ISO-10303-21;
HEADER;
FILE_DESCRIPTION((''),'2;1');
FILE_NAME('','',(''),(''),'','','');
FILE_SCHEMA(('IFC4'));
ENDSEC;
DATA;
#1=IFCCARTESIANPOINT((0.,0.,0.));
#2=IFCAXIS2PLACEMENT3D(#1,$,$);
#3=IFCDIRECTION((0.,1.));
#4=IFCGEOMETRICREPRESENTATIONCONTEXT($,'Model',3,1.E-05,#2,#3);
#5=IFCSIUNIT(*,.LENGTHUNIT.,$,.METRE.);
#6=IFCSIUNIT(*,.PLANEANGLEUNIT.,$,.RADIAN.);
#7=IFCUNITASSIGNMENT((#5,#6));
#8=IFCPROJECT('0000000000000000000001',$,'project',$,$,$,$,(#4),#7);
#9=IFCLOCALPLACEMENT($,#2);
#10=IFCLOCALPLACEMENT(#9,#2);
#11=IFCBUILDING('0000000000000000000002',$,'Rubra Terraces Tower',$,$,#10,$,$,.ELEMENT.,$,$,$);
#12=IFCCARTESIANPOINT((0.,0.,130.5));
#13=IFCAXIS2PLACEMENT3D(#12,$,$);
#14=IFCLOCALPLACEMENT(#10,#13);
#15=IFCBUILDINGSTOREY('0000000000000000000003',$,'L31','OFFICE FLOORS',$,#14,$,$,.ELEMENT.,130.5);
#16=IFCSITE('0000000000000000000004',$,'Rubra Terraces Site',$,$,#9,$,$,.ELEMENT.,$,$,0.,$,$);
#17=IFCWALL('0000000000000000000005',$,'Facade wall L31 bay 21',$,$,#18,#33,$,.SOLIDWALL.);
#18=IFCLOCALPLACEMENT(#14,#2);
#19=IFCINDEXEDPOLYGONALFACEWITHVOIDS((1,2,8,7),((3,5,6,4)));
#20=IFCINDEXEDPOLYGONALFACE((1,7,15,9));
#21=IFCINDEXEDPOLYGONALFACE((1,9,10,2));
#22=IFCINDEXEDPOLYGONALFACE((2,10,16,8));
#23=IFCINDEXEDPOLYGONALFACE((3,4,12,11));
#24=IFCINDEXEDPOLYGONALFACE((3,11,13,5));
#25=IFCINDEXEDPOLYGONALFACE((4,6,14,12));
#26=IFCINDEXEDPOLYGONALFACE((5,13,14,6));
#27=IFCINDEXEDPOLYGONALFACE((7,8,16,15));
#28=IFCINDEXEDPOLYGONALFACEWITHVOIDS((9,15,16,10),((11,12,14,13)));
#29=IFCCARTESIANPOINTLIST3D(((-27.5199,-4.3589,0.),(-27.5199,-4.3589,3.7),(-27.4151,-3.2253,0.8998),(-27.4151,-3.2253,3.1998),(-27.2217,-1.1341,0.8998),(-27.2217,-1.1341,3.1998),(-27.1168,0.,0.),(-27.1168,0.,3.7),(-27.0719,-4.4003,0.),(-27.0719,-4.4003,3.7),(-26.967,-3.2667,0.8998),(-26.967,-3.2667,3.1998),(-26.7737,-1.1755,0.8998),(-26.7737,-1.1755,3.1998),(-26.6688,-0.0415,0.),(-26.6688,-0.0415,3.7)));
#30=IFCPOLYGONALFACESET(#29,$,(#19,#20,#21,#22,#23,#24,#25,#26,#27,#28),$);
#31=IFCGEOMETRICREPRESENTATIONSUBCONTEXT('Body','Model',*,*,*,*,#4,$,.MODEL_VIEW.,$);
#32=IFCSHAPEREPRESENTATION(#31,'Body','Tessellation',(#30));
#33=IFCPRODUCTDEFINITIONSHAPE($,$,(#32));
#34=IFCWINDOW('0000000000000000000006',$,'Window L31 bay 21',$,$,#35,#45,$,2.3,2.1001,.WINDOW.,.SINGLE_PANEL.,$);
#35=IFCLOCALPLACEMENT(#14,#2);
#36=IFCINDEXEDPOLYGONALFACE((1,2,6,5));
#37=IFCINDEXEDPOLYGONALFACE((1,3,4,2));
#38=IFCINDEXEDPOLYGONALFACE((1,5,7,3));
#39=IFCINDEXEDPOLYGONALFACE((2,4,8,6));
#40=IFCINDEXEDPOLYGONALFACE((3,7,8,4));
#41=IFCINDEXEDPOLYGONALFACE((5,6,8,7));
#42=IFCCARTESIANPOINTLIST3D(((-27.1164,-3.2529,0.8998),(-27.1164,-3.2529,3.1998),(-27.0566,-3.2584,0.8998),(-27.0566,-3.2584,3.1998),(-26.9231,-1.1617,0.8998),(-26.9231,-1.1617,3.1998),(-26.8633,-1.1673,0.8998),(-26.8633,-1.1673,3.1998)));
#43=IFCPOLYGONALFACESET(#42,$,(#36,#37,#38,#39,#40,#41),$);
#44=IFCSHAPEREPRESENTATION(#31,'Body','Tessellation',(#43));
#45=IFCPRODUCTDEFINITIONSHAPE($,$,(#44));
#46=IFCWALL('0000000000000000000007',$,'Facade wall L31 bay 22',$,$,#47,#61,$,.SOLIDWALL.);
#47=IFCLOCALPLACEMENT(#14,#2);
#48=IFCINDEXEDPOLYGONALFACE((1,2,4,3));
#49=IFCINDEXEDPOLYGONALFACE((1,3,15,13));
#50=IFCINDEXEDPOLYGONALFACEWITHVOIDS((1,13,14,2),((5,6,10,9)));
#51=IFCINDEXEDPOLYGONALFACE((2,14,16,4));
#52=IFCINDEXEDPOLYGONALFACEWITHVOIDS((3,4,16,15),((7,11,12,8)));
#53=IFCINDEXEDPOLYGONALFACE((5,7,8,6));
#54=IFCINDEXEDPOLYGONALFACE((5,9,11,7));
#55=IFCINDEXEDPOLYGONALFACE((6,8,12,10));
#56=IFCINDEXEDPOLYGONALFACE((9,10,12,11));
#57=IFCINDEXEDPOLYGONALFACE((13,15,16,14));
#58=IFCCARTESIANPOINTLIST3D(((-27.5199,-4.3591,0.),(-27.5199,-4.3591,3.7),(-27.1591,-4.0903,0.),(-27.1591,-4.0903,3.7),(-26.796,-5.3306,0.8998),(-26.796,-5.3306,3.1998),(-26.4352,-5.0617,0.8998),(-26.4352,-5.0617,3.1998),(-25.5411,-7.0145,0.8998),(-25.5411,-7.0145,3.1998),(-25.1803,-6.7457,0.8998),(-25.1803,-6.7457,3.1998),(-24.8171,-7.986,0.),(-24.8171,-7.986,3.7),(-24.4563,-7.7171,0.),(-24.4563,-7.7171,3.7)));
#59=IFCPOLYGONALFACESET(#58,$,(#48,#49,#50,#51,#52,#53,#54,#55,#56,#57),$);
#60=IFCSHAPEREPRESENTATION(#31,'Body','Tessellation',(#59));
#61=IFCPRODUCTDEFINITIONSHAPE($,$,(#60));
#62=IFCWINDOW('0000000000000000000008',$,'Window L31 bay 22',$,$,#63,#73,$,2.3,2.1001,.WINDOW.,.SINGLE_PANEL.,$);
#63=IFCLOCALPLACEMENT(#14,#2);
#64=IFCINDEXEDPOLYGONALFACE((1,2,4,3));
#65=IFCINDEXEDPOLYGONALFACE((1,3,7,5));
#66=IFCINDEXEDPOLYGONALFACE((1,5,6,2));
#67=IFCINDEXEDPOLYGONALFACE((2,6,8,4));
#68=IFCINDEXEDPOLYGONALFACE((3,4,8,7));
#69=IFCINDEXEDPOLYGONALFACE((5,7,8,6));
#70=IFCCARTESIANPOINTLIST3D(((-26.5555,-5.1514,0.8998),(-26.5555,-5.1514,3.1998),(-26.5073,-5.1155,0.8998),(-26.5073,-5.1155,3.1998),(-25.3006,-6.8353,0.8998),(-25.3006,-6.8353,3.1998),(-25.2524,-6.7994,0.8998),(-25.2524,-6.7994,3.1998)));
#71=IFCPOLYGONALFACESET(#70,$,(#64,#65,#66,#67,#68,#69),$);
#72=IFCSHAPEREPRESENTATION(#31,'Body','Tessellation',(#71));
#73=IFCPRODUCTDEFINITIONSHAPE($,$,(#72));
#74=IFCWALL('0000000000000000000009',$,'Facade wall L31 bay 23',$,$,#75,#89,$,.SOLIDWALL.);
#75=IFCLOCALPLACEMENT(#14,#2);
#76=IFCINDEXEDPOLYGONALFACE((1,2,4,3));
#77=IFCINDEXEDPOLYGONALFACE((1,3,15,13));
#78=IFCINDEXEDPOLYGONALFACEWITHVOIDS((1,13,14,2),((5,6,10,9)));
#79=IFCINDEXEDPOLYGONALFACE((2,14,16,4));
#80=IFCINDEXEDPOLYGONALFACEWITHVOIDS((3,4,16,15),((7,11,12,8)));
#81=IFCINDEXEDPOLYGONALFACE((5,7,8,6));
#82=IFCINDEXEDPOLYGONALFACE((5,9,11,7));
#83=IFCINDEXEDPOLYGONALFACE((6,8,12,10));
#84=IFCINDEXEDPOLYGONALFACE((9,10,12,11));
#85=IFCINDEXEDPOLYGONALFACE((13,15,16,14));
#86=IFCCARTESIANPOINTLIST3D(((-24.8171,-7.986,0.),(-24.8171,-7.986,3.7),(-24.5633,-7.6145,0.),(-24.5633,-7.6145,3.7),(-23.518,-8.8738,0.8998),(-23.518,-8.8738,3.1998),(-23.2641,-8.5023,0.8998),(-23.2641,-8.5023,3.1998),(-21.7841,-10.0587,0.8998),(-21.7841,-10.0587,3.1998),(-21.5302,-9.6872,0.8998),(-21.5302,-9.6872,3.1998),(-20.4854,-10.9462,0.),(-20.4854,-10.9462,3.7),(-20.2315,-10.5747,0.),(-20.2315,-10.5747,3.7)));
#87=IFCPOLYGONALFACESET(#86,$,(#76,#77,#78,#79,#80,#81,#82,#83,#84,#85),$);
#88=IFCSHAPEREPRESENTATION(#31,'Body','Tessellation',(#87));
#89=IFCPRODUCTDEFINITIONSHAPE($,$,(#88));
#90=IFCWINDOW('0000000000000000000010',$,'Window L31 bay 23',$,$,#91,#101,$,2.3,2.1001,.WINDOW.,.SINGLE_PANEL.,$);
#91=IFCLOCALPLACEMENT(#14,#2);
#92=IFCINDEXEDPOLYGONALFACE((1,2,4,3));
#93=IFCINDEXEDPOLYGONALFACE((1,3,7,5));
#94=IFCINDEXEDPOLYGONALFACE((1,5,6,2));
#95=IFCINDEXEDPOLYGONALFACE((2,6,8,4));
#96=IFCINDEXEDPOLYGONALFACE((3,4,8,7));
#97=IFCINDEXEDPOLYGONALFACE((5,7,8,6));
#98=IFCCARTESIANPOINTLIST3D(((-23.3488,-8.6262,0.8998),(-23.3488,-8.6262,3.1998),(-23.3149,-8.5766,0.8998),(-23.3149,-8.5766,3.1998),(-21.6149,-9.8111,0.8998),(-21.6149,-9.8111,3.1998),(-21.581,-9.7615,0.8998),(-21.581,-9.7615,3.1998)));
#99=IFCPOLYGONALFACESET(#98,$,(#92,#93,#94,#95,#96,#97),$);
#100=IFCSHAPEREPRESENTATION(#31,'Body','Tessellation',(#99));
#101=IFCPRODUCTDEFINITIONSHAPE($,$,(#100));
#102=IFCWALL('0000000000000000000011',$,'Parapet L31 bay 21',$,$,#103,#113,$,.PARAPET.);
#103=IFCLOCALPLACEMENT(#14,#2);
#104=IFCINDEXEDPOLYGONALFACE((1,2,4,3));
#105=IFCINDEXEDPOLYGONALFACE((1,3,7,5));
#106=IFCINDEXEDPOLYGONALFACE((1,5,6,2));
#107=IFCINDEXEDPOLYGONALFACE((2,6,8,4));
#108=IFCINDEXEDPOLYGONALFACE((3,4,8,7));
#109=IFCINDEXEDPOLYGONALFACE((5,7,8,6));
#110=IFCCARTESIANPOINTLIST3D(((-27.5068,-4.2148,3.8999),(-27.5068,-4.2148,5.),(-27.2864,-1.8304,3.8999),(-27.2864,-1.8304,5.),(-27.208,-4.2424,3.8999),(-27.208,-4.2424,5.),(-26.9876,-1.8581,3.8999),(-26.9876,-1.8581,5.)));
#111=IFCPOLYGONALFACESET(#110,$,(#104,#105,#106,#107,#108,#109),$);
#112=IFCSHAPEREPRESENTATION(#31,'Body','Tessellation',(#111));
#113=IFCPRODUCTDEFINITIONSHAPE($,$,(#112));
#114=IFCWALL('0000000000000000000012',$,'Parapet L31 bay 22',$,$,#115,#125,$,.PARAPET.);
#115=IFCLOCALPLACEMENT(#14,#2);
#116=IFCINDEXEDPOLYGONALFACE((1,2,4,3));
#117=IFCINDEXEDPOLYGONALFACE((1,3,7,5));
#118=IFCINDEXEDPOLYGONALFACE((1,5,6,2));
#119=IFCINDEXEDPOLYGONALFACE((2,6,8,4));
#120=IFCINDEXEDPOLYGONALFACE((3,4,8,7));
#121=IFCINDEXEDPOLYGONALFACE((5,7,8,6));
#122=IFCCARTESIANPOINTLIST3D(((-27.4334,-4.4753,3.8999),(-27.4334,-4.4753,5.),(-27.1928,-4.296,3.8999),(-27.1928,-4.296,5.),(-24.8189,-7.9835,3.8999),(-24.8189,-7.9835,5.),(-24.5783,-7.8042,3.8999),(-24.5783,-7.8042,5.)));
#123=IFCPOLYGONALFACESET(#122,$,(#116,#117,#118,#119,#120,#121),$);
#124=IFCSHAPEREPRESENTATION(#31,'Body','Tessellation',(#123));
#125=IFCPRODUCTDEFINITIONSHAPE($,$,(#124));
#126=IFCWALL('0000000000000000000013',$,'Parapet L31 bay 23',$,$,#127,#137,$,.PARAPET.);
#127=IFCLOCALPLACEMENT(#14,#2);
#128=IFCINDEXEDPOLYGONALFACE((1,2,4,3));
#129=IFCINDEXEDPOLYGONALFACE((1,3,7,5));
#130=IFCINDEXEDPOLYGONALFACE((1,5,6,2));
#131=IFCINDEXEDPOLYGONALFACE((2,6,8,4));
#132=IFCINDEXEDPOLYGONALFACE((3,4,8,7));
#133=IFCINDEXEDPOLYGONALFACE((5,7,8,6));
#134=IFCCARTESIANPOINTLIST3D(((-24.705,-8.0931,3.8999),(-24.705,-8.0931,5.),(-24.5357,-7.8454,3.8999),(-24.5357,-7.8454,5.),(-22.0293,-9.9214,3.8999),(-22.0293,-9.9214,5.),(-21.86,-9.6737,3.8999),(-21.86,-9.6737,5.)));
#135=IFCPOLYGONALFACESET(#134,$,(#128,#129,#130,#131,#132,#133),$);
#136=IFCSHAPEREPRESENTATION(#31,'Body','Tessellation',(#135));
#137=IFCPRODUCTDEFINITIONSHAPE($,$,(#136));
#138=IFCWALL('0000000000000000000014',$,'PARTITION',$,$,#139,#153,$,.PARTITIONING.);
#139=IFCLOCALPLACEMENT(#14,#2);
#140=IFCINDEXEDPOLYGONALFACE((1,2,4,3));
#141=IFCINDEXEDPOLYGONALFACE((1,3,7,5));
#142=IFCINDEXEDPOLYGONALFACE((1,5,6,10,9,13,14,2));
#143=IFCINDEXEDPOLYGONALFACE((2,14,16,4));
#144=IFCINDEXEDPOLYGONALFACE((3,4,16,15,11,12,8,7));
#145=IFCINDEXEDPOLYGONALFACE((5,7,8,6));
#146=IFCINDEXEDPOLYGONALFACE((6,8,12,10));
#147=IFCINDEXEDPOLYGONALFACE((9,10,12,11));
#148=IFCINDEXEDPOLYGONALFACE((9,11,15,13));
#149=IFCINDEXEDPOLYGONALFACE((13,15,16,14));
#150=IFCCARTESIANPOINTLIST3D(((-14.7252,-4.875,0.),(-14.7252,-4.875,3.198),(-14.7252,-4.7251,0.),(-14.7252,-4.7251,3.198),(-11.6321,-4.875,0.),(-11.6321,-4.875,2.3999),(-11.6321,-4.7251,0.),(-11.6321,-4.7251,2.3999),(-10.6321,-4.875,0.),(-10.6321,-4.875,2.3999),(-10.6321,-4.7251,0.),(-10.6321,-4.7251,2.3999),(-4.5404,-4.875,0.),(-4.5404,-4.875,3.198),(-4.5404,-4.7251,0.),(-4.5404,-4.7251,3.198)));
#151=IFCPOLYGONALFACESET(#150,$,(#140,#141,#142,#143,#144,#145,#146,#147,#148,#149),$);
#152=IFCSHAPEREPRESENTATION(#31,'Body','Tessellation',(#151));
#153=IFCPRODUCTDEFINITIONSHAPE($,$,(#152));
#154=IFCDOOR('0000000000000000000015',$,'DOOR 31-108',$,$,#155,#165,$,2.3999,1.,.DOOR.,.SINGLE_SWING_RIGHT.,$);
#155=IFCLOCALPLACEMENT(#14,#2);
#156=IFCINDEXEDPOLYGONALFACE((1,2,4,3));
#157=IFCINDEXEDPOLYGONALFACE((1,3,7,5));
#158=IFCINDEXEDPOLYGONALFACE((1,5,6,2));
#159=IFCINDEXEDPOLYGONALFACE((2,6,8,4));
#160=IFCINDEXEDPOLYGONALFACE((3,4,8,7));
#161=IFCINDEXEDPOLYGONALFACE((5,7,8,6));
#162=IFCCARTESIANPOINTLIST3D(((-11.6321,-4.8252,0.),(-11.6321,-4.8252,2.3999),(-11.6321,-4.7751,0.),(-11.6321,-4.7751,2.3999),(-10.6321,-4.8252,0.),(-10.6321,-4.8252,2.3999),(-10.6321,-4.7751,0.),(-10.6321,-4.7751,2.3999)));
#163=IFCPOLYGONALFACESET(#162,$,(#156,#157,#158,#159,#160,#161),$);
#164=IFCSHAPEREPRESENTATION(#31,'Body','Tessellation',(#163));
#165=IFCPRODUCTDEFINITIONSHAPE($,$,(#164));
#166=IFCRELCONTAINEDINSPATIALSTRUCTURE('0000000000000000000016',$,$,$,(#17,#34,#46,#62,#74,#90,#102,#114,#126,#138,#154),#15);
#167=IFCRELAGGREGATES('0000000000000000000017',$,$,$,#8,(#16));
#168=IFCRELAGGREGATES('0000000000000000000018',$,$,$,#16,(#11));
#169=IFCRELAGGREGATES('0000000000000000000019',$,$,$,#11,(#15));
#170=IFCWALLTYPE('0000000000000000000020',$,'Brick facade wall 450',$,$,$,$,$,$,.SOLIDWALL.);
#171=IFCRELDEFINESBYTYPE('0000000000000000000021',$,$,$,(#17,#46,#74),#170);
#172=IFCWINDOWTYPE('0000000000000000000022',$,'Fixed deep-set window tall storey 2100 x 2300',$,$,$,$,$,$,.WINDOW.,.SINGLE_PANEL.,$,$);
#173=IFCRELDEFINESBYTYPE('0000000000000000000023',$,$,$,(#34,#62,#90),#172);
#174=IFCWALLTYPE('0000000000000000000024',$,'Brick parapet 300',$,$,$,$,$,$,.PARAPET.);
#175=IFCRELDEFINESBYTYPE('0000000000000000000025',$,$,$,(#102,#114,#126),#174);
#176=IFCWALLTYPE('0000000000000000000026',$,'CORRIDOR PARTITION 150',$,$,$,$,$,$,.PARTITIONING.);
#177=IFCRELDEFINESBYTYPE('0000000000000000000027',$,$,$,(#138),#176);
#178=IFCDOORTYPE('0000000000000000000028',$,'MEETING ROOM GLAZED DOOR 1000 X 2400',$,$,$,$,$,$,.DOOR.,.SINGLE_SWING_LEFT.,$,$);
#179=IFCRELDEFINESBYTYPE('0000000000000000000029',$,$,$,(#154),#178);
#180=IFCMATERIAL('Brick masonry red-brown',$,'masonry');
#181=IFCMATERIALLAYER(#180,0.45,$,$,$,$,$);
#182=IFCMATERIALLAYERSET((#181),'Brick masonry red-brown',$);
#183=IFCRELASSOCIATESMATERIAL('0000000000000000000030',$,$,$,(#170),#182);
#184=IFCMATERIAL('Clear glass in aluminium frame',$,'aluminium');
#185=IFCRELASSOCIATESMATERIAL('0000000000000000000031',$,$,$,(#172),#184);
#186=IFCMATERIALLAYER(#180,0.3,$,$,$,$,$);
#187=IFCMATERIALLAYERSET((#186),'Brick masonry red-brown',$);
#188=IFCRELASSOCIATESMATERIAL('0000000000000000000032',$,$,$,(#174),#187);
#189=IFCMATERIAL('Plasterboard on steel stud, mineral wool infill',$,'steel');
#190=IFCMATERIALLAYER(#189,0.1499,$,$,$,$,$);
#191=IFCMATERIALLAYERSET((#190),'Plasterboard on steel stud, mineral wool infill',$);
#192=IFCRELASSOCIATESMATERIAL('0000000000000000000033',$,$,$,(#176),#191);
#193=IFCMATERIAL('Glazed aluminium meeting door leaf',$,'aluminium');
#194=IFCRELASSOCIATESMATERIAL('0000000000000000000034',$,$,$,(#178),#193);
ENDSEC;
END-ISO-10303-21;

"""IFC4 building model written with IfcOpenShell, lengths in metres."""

from ifc_helpers import new_model, si_unit, direction, frame, frame_2d, origin, place, context, subcontext, project, spatial, rectangle, extrude, material, layer, layer_set, type_object, element, fill, save


model = new_model("IFC4")

# Units and contexts
model_context = context("Model", 3, precision=1e-05, world=origin(), true_north=direction((0.0, 1.0)))
body_context = subcontext(model_context, "Body", "Model", "MODEL_VIEW")
ifc_project = project(units=[si_unit("LENGTHUNIT", "METRE"), si_unit("PLANEANGLEUNIT", "RADIAN")], contexts=[model_context])

# Site, building, storey
site_placement = place(None, origin())
site = spatial("IfcSite", under=ifc_project, at=site_placement, Name="Rubra Terraces Site", CompositionType="ELEMENT", RefElevation=0.0)
building_placement = place(site_placement, origin())
building = spatial("IfcBuilding", under=site, at=building_placement, Name="Rubra Terraces Tower", CompositionType="ELEMENT")
storey_placement = place(building_placement, frame((0.0, 0.0, 130.5)))
storey = spatial("IfcBuildingStorey", under=building, at=storey_placement, Name="L31", Description="OFFICE FLOORS", CompositionType="ELEMENT", Elevation=130.5)

# Walls, openings, windows
ifc_material_1 = material(Name="Brick masonry red-brown", Category="masonry")
ifc_layer_1 = layer(ifc_material_1, 0.45)
ifc_layer_set_1 = layer_set([ifc_layer_1], Name="Brick masonry red-brown")
wall_type_1 = type_object("IfcWallType", Name="Brick facade wall 450", PredefinedType="SOLIDWALL", material=ifc_layer_set_1)
wall_1_placement = place(storey_placement, frame((-26.8928, -0.0208, 0.0), z_axis=(0.0, 0.0, 1.0), x_axis=(-0.092079, -0.995752, 0.0)))
wall_1 = element("IfcWall", 1, at=wall_1_placement, inside=storey, type_object=wall_type_1, Name="Facade wall L31 bay 21", PredefinedType="SOLIDWALL", context=body_context, shape_type="SweptSolid", body=[
    extrude(rectangle(XDim=4.3774, YDim=0.45, at=frame_2d((2.1887, 0.0))), origin(), (0.0, 0.0, 1.0), 3.7),
])
opening_1_placement = place(wall_1_placement, frame((1.1389, 0.0, 0.8999)))
opening_1 = element("IfcOpeningElement", 2, at=opening_1_placement, cuts=wall_1, PredefinedType="OPENING", context=body_context, shape_type="SweptSolid", body=[
    extrude(rectangle(XDim=2.1001, YDim=2.3, at=frame_2d((1.05, 1.1499))), frame((0.0, 0.2349, 0.0), z_axis=(0.0, -1.0, 0.0), x_axis=(1.0, 0.0, 0.0)), (0.0, 0.0, 1.0), 0.47),
])
ifc_material_2 = material(Name="Clear glass in aluminium frame", Category="aluminium")
window_type = type_object("IfcWindowType", Name="Fixed deep-set window tall storey 2100 x 2300", PartitioningType="SINGLE_PANEL", PredefinedType="WINDOW", material=ifc_material_2)
window_1_placement = place(opening_1_placement, origin())
window_1 = element("IfcWindow", 3, at=window_1_placement, inside=storey, type_object=window_type, Name="Window L31 bay 21", OverallHeight=2.3, OverallWidth=2.1001, PartitioningType="SINGLE_PANEL", PredefinedType="WINDOW", context=body_context, shape_type="SweptSolid", body=[
    extrude(rectangle(XDim=2.1001, YDim=2.3, at=frame_2d((1.05, 1.1499))), frame((0.0, 0.135, 0.0), z_axis=(0.0, -1.0, 0.0), x_axis=(1.0, 0.0, 0.0)), (0.0, 0.0, 1.0), 0.0601),
])
fill(opening_1, window_1)
wall_2_placement = place(storey_placement, frame((-27.3396, -4.2246, 0.0), z_axis=(0.0, 0.0, 1.0), x_axis=(0.597545, -0.801836, 0.0)))
wall_2 = element("IfcWall", 4, at=wall_2_placement, inside=storey, type_object=wall_type_1, Name="Facade wall L31 bay 22", PredefinedType="SOLIDWALL", context=body_context, shape_type="SweptSolid", body=[
    extrude(rectangle(XDim=4.5232, YDim=0.45, at=frame_2d((2.2617, 0.0))), origin(), (0.0, 0.0, 1.0), 3.7),
])
opening_2_placement = place(wall_2_placement, frame((1.2117, 0.0, 0.8999)))
opening_2 = element("IfcOpeningElement", 5, at=opening_2_placement, cuts=wall_2, PredefinedType="OPENING", context=body_context, shape_type="SweptSolid", body=[
    extrude(rectangle(XDim=2.1001, YDim=2.3, at=frame_2d((1.05, 1.1499))), frame((0.0, 0.2349, 0.0), z_axis=(0.0, -1.0, 0.0), x_axis=(1.0, 0.0, 0.0)), (0.0, 0.0, 1.0), 0.47),
])
window_2_placement = place(opening_2_placement, origin())
window_2 = element("IfcWindow", 6, at=window_2_placement, inside=storey, type_object=window_type, Name="Window L31 bay 22", OverallHeight=2.3, OverallWidth=2.1001, PartitioningType="SINGLE_PANEL", PredefinedType="WINDOW", context=body_context, shape_type="SweptSolid", body=[
    extrude(rectangle(XDim=2.1001, YDim=2.3, at=frame_2d((1.05, 1.1499))), frame((0.0, 0.135, 0.0), z_axis=(0.0, -1.0, 0.0), x_axis=(1.0, 0.0, 0.0)), (0.0, 0.0, 1.0), 0.0601),
])
fill(opening_2, window_2)
wall_3_placement = place(storey_placement, frame((-24.6902, -7.8003, 0.0), z_axis=(0.0, 0.0, 1.0), x_axis=(0.825631, -0.56421, 0.0)))
wall_3 = element("IfcWall", 7, at=wall_3_placement, inside=storey, type_object=wall_type_1, Name="Facade wall L31 bay 23", PredefinedType="SOLIDWALL", context=body_context, shape_type="SweptSolid", body=[
    extrude(rectangle(XDim=5.2466, YDim=0.45, at=frame_2d((2.6233, 0.0))), origin(), (0.0, 0.0, 1.0), 3.7),
])
opening_3_placement = place(wall_3_placement, frame((1.5735, 0.0, 0.8999)))
opening_3 = element("IfcOpeningElement", 8, at=opening_3_placement, cuts=wall_3, PredefinedType="OPENING", context=body_context, shape_type="SweptSolid", body=[
    extrude(rectangle(XDim=2.1001, YDim=2.3, at=frame_2d((1.05, 1.1499))), frame((0.0, 0.2349, 0.0), z_axis=(0.0, -1.0, 0.0), x_axis=(1.0, 0.0, 0.0)), (0.0, 0.0, 1.0), 0.47),
])
window_3_placement = place(opening_3_placement, origin())
window_3 = element("IfcWindow", 9, at=window_3_placement, inside=storey, type_object=window_type, Name="Window L31 bay 23", OverallHeight=2.3, OverallWidth=2.1001, PartitioningType="SINGLE_PANEL", PredefinedType="WINDOW", context=body_context, shape_type="SweptSolid", body=[
    extrude(rectangle(XDim=2.1001, YDim=2.3, at=frame_2d((1.05, 1.1499))), frame((0.0, 0.135, 0.0), z_axis=(0.0, -1.0, 0.0), x_axis=(1.0, 0.0, 0.0)), (0.0, 0.0, 1.0), 0.0601),
])
fill(opening_3, window_3)

# Walls
ifc_layer_2 = layer(ifc_material_1, 0.3)
ifc_layer_set_2 = layer_set([ifc_layer_2], Name="Brick masonry red-brown")
wall_type_2 = type_object("IfcWallType", Name="Brick parapet 300", PredefinedType="PARAPET", material=ifc_layer_set_2)
wall_4_placement = place(storey_placement, frame((-27.137, -1.8442, 3.8999), z_axis=(0.0, 0.0, 1.0), x_axis=(-0.092071, -0.995752, 0.0)))
element("IfcWall", 10, at=wall_4_placement, inside=storey, type_object=wall_type_2, Name="Parapet L31 bay 21", PredefinedType="PARAPET", context=body_context, shape_type="SweptSolid", body=[
    extrude(rectangle(XDim=2.3945, YDim=0.3, at=frame_2d((1.1973, 0.0))), origin(), (0.0, 0.0, 1.0), 1.1001),
])
wall_5_placement = place(storey_placement, frame((-27.313, -4.3857, 3.8999), z_axis=(0.0, 0.0, 1.0), x_axis=(0.597551, -0.801831, 0.0)))
element("IfcWall", 11, at=wall_5_placement, inside=storey, type_object=wall_type_2, Name="Parapet L31 bay 22", PredefinedType="PARAPET", context=body_context, shape_type="SweptSolid", body=[
    extrude(rectangle(XDim=4.3752, YDim=0.3, at=frame_2d((2.1875, 0.0))), origin(), (0.0, 0.0, 1.0), 1.1001),
])
wall_6_placement = place(storey_placement, frame((-24.6204, -7.9692, 3.8999), z_axis=(0.0, 0.0, 1.0), x_axis=(0.825656, -0.564173, 0.0)))
element("IfcWall", 12, at=wall_6_placement, inside=storey, type_object=wall_type_2, Name="Parapet L31 bay 23", PredefinedType="PARAPET", context=body_context, shape_type="SweptSolid", body=[
    extrude(rectangle(XDim=3.2407, YDim=0.3, at=frame_2d((1.6204, 0.0))), origin(), (0.0, 0.0, 1.0), 1.1001),
])

# Wall, opening, door
ifc_material_3 = material(Name="Plasterboard on steel stud, mineral wool infill", Category="steel")
ifc_layer_3 = layer(ifc_material_3, 0.1499)
ifc_layer_set_3 = layer_set([ifc_layer_3], Name="Plasterboard on steel stud, mineral wool infill")
wall_type_3 = type_object("IfcWallType", Name="CORRIDOR PARTITION 150", PredefinedType="PARTITIONING", material=ifc_layer_set_3)
wall_7_placement = place(storey_placement, frame((-14.7251, -4.8, 0.0), z_axis=(0.0, 0.0, 1.0), x_axis=(1.0, 0.0, 0.0)))
wall_7 = element("IfcWall", 13, at=wall_7_placement, inside=storey, type_object=wall_type_3, Name="PARTITION", PredefinedType="PARTITIONING", context=body_context, shape_type="SweptSolid", body=[
    extrude(rectangle(XDim=10.1848, YDim=0.1499, at=frame_2d((5.0923, 0.0))), origin(), (0.0, 0.0, 1.0), 3.198),
])
opening_4_placement = place(wall_7_placement, frame((3.093, 0.0, 0.0)))
opening_4 = element("IfcOpeningElement", 14, at=opening_4_placement, cuts=wall_7, PredefinedType="OPENING", context=body_context, shape_type="SweptSolid", body=[
    extrude(rectangle(XDim=1.0, YDim=2.3999, at=frame_2d((0.5, 1.2))), frame((0.0, 0.085, 0.0), z_axis=(0.0, -1.0, 0.0), x_axis=(1.0, 0.0, 0.0)), (0.0, 0.0, 1.0), 0.1699),
])
ifc_material_4 = material(Name="Glazed aluminium meeting door leaf", Category="aluminium")
door_type = type_object("IfcDoorType", Name="MEETING ROOM GLAZED DOOR 1000 X 2400", OperationType="SINGLE_SWING_LEFT", PredefinedType="DOOR", material=ifc_material_4)
door_placement = place(opening_4_placement, origin())
door = element("IfcDoor", 15, at=door_placement, inside=storey, type_object=door_type, Name="DOOR 31-108", OperationType="SINGLE_SWING_RIGHT", OverallHeight=2.3999, OverallWidth=1.0, PredefinedType="DOOR", context=body_context, shape_type="SweptSolid", body=[
    extrude(rectangle(XDim=1.0, YDim=2.3999, at=frame_2d((0.5, 1.2))), frame((0.0, 0.0249, 0.0), z_axis=(0.0, -1.0, 0.0), x_axis=(1.0, 0.0, 0.0)), (0.0, 0.0, 1.0), 0.05),
])
fill(opening_4, door)

save(model, "model.ifc")
